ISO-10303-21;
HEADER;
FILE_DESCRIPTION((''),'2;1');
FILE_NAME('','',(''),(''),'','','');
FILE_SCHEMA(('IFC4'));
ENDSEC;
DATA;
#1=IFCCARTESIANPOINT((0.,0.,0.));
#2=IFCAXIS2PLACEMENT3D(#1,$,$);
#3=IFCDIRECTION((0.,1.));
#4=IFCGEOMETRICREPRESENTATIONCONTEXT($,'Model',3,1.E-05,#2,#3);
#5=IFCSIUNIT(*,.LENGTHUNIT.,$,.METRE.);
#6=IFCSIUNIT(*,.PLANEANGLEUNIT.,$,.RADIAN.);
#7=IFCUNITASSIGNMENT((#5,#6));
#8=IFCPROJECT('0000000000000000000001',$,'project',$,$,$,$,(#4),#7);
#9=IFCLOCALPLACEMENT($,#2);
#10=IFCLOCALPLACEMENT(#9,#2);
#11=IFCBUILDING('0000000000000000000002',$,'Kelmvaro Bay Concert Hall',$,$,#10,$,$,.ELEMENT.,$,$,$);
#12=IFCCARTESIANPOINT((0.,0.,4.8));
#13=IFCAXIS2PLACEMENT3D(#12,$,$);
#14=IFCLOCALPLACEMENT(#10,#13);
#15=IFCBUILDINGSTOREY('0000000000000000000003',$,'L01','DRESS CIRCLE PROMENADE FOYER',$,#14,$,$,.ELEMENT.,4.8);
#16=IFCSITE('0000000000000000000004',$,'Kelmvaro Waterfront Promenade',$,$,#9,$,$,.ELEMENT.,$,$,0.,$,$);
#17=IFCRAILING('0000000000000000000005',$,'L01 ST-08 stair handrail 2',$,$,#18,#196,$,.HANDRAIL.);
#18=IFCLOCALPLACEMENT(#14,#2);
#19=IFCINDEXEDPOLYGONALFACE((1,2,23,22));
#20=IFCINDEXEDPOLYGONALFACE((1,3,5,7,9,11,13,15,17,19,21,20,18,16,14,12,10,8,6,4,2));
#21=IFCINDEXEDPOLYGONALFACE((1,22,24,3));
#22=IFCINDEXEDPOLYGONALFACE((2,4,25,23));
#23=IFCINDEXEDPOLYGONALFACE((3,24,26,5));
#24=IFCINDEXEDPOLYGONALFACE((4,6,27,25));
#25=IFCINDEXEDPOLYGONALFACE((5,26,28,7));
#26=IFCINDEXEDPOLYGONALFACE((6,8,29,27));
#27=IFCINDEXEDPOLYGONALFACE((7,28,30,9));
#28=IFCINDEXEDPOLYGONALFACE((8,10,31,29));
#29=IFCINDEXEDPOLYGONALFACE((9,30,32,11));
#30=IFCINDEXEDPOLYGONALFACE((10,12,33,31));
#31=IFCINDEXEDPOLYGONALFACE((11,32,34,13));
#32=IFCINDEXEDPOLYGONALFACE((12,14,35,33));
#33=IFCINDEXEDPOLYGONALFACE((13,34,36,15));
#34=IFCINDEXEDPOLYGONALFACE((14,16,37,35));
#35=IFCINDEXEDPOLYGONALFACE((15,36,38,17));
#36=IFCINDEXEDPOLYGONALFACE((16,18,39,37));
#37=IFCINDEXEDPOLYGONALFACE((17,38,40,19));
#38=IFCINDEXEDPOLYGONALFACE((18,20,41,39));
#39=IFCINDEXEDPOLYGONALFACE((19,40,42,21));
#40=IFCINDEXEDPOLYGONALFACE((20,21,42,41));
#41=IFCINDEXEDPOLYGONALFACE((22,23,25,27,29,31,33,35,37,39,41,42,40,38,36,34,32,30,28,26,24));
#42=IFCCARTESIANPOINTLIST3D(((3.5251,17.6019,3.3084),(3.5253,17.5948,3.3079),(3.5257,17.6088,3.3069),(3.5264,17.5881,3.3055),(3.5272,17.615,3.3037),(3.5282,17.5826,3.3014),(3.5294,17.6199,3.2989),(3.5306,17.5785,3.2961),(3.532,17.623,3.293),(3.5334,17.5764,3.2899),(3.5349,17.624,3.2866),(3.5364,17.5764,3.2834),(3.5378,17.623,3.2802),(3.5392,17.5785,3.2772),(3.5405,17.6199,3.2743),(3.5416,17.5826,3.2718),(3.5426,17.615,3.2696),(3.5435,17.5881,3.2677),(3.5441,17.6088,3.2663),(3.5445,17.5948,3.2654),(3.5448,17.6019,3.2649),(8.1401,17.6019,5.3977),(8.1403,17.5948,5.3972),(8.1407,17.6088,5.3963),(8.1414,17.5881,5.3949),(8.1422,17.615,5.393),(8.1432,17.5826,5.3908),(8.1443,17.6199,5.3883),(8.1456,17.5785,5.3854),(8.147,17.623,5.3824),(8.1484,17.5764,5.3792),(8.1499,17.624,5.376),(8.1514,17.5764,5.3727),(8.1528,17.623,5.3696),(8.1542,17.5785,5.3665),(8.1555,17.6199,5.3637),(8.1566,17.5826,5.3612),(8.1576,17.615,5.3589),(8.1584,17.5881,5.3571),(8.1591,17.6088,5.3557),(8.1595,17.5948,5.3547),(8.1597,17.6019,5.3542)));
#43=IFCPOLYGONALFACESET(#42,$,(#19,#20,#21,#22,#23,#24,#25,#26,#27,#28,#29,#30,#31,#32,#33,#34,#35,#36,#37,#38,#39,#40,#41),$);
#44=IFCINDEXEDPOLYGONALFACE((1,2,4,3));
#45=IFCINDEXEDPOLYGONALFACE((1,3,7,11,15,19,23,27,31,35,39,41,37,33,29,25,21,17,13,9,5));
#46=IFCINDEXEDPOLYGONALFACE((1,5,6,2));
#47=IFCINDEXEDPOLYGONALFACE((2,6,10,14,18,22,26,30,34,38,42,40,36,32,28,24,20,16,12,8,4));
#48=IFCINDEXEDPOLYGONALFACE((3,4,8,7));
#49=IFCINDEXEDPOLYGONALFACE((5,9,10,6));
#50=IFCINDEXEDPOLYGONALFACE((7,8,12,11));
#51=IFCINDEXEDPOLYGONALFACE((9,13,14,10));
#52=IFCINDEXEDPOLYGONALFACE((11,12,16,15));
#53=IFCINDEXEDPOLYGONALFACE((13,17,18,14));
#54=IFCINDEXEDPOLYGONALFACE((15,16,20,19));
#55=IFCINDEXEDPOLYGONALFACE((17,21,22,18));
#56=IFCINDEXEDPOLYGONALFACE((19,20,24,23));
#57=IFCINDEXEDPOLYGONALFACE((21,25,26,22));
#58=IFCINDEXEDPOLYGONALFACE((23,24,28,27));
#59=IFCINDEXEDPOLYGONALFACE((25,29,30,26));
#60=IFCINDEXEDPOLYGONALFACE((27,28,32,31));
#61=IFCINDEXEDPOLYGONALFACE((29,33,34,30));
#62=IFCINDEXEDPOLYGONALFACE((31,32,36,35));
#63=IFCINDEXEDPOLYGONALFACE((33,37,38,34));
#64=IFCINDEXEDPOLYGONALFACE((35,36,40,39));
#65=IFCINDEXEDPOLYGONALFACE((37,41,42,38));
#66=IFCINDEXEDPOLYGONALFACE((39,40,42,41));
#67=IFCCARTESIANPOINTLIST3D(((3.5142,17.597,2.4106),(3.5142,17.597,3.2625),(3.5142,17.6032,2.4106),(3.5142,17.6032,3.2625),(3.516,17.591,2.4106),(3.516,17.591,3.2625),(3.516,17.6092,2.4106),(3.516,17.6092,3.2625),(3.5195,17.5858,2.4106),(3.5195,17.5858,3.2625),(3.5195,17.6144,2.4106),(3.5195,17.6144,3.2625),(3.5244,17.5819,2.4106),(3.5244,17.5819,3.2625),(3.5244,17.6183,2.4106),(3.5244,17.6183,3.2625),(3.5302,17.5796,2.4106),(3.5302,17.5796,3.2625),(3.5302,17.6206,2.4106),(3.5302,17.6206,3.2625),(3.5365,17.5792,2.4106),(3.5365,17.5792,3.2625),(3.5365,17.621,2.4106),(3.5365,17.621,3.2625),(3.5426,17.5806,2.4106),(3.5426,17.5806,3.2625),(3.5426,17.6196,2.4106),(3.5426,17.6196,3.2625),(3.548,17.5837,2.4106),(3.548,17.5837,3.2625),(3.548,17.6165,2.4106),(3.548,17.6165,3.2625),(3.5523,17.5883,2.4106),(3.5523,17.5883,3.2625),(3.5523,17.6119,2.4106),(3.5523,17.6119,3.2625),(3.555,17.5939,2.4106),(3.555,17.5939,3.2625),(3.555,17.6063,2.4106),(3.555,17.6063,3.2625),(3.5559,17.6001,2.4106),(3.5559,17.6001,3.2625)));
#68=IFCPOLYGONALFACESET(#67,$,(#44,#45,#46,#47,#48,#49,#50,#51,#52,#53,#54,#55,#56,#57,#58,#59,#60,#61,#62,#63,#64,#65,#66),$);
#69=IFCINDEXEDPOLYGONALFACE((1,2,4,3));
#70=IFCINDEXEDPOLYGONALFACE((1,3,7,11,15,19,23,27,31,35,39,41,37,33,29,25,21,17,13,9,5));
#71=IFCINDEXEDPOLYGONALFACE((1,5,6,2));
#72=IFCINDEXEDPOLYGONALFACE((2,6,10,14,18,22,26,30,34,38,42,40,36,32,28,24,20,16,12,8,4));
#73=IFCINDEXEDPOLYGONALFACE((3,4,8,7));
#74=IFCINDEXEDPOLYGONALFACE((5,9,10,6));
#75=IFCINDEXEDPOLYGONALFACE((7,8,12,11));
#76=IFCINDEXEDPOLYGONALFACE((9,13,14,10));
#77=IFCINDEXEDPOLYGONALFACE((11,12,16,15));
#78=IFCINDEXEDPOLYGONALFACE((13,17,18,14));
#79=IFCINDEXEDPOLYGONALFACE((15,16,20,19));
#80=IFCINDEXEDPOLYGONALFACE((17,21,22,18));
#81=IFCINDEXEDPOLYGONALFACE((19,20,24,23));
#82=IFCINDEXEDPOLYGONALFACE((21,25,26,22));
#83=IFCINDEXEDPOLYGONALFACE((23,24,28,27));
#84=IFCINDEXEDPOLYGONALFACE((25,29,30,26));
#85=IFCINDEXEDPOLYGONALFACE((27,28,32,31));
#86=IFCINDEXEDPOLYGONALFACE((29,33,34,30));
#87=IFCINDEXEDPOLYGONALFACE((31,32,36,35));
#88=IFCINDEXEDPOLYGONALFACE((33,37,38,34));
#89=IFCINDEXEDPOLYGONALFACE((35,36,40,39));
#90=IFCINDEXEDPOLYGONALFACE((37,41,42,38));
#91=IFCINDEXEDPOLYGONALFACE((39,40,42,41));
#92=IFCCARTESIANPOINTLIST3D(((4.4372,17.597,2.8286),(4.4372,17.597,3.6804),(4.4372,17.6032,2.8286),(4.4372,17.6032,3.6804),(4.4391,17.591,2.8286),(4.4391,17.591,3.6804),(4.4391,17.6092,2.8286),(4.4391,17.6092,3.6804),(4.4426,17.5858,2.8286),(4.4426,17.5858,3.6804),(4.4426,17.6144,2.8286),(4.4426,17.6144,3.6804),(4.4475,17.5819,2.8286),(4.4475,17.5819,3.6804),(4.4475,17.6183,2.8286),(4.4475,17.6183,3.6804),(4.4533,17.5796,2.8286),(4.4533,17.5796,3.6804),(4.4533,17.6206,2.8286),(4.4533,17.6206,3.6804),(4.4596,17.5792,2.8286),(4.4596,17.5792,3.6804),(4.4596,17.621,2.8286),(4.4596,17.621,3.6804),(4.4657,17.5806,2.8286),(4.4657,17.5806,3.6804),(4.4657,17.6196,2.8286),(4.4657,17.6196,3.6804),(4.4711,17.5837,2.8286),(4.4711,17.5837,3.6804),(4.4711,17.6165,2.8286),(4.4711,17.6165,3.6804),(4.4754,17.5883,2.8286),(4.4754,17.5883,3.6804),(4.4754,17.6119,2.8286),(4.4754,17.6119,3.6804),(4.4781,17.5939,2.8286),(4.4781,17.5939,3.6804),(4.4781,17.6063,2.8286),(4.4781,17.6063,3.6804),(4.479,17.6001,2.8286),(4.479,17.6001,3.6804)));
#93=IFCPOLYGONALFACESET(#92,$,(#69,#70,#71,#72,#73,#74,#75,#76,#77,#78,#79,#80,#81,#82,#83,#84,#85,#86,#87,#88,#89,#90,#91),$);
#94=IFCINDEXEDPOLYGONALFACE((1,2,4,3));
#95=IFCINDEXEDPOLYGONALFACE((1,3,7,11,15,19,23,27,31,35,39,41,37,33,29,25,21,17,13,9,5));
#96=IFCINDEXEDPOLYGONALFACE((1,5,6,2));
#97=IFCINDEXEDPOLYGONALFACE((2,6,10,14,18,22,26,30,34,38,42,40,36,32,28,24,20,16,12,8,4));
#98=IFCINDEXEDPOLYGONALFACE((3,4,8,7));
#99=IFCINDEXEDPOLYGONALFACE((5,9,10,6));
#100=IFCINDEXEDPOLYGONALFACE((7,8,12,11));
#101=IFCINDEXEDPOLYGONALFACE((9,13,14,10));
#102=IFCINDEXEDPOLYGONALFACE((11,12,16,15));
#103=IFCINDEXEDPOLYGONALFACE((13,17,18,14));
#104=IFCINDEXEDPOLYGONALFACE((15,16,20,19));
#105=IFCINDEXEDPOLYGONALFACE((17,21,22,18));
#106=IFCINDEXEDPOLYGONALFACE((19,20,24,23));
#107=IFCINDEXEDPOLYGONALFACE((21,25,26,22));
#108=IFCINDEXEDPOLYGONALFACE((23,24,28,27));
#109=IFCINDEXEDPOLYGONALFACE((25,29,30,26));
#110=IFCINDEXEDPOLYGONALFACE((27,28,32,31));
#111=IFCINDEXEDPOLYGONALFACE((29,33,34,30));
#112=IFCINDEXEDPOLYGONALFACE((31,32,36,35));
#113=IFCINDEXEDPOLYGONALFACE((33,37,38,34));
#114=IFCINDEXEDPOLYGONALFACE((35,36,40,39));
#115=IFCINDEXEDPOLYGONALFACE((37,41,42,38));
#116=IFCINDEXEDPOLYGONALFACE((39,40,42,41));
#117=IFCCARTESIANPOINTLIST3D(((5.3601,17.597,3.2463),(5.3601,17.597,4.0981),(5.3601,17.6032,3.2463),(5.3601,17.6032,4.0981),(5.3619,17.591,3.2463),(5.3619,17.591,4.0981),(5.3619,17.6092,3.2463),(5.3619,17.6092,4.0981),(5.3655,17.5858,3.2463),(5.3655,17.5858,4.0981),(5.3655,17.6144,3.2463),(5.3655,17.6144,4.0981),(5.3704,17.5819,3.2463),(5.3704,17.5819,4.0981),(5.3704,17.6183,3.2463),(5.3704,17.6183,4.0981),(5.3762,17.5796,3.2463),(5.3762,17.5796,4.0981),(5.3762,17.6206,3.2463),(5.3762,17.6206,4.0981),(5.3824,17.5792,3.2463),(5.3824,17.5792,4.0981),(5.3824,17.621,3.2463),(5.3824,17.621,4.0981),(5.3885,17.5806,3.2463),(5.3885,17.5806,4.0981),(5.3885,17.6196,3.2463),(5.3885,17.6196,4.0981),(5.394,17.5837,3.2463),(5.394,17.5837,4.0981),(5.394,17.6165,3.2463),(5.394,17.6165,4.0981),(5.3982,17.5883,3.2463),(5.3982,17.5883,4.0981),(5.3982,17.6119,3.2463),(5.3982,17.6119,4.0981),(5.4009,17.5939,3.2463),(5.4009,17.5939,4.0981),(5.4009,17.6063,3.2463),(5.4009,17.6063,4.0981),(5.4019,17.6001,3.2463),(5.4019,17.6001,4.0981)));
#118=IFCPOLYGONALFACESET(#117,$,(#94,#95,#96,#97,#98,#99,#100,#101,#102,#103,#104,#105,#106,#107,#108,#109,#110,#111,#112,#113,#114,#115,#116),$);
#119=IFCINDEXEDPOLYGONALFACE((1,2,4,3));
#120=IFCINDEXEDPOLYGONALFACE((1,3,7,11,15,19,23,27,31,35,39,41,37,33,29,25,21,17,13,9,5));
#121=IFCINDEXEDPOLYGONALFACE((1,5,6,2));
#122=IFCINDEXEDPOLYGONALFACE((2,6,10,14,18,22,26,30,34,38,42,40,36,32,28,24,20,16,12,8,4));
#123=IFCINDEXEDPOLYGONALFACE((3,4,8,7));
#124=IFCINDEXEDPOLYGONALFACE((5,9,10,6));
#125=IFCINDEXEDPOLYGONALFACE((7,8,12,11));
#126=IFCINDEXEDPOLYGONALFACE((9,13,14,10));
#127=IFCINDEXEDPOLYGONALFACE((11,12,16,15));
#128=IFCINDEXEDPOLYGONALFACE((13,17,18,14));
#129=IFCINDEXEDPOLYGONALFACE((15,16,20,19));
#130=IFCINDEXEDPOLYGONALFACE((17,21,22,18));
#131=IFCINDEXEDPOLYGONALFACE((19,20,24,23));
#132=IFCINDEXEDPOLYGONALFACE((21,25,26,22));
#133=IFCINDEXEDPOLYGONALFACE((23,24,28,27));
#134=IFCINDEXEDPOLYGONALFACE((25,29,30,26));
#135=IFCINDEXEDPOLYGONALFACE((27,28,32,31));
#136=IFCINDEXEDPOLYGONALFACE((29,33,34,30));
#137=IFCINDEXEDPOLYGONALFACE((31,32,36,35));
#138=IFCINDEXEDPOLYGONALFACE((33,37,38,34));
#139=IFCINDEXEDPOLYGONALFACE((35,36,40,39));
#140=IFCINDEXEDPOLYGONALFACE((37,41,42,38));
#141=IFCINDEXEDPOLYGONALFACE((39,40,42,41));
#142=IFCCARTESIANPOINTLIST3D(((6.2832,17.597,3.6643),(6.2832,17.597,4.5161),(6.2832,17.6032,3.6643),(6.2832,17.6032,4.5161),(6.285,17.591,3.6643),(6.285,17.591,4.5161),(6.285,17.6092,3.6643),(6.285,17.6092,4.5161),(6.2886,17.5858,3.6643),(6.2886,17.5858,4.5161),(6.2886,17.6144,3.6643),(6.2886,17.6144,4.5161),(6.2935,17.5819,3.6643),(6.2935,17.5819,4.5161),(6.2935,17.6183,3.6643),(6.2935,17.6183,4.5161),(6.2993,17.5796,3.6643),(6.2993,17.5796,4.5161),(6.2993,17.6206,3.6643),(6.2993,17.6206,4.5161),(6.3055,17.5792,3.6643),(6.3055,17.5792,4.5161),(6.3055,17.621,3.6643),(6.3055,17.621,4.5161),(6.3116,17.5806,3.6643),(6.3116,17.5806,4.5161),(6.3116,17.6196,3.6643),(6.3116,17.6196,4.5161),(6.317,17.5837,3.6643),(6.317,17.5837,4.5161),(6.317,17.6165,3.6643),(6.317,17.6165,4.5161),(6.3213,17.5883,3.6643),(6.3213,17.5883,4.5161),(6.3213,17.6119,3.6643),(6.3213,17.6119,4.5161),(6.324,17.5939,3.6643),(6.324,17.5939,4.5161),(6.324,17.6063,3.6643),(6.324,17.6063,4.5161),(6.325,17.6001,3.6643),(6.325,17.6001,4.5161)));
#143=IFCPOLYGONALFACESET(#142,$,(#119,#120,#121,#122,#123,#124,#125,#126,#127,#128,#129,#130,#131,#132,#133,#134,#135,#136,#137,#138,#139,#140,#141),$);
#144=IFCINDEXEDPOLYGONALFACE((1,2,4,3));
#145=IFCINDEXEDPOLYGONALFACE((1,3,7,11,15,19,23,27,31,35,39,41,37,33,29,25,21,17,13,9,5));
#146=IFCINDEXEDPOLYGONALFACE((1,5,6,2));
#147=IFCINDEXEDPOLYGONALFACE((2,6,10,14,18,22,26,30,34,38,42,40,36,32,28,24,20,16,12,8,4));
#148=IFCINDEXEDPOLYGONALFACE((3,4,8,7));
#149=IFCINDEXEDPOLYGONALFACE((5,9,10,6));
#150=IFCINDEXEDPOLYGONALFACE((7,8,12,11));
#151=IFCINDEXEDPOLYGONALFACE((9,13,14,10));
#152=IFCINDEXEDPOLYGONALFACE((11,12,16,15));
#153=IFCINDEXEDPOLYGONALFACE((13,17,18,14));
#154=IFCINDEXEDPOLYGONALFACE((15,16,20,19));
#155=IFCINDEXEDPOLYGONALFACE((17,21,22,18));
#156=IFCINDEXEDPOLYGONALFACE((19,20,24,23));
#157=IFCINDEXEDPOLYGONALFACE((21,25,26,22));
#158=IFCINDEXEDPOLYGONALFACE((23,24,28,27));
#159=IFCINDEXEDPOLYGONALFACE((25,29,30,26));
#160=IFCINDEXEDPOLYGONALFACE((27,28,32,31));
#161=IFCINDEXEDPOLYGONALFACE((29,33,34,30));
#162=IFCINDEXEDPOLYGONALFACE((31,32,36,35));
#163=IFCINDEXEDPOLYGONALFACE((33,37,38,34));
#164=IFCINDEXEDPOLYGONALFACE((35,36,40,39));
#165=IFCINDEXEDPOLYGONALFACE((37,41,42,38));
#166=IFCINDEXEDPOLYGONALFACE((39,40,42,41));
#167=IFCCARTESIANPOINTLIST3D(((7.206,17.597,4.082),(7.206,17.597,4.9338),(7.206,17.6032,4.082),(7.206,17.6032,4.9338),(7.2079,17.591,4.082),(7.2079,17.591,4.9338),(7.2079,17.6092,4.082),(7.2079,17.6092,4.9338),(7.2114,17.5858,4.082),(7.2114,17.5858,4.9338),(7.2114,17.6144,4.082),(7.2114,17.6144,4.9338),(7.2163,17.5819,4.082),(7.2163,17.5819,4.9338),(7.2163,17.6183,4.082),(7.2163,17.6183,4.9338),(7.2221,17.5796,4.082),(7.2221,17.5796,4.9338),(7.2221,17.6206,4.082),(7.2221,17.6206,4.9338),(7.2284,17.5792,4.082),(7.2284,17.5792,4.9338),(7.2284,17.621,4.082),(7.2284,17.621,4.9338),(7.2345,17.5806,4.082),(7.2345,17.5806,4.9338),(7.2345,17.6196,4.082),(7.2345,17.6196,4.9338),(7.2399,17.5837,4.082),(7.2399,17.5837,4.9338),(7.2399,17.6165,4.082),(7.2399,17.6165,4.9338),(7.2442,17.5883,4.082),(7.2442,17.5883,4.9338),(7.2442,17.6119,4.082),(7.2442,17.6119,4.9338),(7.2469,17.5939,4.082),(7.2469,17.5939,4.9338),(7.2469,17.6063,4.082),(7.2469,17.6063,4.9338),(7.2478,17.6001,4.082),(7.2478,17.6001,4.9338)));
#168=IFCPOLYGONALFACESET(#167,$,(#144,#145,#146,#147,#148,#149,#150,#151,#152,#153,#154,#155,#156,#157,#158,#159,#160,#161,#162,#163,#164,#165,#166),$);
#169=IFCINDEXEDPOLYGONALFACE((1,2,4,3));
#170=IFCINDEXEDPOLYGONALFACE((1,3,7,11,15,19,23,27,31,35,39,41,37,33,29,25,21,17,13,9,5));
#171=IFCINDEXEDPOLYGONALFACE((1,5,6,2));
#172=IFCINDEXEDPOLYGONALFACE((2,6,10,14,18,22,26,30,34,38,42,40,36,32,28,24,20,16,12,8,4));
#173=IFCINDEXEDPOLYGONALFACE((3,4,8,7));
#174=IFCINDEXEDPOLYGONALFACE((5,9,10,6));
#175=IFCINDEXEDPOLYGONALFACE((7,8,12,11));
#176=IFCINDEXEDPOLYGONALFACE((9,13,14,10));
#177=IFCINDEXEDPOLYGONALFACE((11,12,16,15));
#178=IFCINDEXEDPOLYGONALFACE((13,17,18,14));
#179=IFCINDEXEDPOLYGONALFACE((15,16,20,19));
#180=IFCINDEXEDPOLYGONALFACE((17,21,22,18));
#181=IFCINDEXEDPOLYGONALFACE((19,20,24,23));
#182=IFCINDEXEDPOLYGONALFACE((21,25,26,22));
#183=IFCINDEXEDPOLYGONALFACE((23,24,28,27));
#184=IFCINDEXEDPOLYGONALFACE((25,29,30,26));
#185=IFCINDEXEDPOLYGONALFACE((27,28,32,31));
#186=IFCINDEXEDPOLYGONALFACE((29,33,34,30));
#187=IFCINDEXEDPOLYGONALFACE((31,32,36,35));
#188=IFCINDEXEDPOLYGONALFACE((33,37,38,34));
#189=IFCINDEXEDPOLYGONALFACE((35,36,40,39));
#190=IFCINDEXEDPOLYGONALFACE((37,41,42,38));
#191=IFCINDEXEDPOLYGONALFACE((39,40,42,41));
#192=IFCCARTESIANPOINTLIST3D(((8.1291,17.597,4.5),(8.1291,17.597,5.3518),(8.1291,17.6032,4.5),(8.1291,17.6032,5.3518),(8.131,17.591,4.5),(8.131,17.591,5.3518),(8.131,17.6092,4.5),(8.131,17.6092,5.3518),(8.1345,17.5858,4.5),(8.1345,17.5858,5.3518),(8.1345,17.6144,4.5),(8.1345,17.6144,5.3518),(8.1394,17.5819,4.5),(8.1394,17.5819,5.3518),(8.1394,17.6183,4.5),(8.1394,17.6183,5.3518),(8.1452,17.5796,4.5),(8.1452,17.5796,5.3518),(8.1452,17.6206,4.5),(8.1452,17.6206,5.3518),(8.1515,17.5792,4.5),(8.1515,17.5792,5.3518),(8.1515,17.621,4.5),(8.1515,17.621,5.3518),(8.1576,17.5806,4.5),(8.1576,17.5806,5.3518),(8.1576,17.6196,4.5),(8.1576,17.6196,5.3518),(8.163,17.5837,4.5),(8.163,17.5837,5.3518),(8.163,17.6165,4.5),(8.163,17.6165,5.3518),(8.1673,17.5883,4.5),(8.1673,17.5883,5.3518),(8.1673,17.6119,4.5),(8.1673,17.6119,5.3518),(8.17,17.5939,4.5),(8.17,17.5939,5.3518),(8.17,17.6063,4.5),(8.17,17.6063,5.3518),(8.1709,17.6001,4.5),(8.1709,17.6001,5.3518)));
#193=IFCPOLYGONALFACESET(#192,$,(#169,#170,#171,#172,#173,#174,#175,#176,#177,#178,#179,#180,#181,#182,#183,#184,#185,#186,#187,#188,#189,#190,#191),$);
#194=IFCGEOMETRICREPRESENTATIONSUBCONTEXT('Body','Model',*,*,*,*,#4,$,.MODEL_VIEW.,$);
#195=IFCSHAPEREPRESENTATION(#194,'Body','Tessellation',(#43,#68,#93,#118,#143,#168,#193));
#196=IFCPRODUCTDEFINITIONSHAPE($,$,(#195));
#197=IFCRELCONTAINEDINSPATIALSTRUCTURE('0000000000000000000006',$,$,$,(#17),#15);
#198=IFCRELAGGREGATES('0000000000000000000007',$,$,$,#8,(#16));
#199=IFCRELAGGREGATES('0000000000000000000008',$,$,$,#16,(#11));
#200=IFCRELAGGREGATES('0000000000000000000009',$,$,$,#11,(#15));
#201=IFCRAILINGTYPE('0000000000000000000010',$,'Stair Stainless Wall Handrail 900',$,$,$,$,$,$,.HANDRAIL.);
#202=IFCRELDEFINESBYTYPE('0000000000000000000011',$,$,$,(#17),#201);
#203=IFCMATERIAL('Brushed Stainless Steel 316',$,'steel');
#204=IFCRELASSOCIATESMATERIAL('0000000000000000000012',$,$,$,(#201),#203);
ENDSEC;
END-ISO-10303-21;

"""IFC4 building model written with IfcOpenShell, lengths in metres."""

from ifc_helpers import new_model, si_unit, direction, frame, origin, origin_2d, place, context, subcontext, project, spatial, circle, extrude, material, type_object, element, save


model = new_model("IFC4")

# Units and contexts
model_context = context("Model", 3, precision=1e-05, world=origin(), true_north=direction((0.0, 1.0)))
body_context = subcontext(model_context, "Body", "Model", "MODEL_VIEW")
ifc_project = project(units=[si_unit("LENGTHUNIT", "METRE"), si_unit("PLANEANGLEUNIT", "RADIAN")], contexts=[model_context])

# Site, building, storey
site_placement = place(None, origin())
site = spatial("IfcSite", under=ifc_project, at=site_placement, Name="Kelmvaro Waterfront Promenade", CompositionType="ELEMENT", RefElevation=0.0)
building_placement = place(site_placement, origin())
building = spatial("IfcBuilding", under=site, at=building_placement, Name="Kelmvaro Bay Concert Hall", CompositionType="ELEMENT")
storey_placement = place(building_placement, frame((0.0, 0.0, 4.8)))
storey = spatial("IfcBuildingStorey", under=building, at=storey_placement, Name="L01", Description="DRESS CIRCLE PROMENADE FOYER", CompositionType="ELEMENT", Elevation=4.8)

# Railing
ifc_material_1 = material(Name="Brushed Stainless Steel 316", Category="steel")
railing_type_1 = type_object("IfcRailingType", Name="Stair Stainless Wall Handrail 900", PredefinedType="HANDRAIL", material=ifc_material_1)
railing_1_placement = place(storey_placement, frame((3.5349, 17.6001, 2.4106)))
element("IfcRailing", 1, at=railing_1_placement, inside=storey, type_object=railing_type_1, Name="L01 ST-08 stair handrail 2", PredefinedType="HANDRAIL", context=body_context, shape_type="SweptSolid", body=[
    extrude(circle(Radius=0.0239, at=origin_2d()), frame((0.0, 0.0, 0.876), z_axis=(0.910988, 0.0, 0.412434), x_axis=(0.0, 1.0, 0.0)), (0.0, 0.0, 1.0), 5.0659),
    extrude(circle(Radius=0.021, at=origin_2d()), origin(), (0.0, 0.0, 1.0), 0.8518),
    extrude(circle(Radius=0.021, at=origin_2d()), frame((0.9231, 0.0, 0.418)), (0.0, 0.0, 1.0), 0.8518),
    extrude(circle(Radius=0.021, at=origin_2d()), frame((1.8459, 0.0, 0.8357)), (0.0, 0.0, 1.0), 0.8518),
    extrude(circle(Radius=0.021, at=origin_2d()), frame((2.769, 0.0, 1.2537)), (0.0, 0.0, 1.0), 0.8518),
    extrude(circle(Radius=0.021, at=origin_2d()), frame((3.6919, 0.0, 1.6714)), (0.0, 0.0, 1.0), 0.8518),
    extrude(circle(Radius=0.021, at=origin_2d()), frame((4.615, 0.0, 2.0894)), (0.0, 0.0, 1.0), 0.8518),
])

save(model, "model.ifc")
